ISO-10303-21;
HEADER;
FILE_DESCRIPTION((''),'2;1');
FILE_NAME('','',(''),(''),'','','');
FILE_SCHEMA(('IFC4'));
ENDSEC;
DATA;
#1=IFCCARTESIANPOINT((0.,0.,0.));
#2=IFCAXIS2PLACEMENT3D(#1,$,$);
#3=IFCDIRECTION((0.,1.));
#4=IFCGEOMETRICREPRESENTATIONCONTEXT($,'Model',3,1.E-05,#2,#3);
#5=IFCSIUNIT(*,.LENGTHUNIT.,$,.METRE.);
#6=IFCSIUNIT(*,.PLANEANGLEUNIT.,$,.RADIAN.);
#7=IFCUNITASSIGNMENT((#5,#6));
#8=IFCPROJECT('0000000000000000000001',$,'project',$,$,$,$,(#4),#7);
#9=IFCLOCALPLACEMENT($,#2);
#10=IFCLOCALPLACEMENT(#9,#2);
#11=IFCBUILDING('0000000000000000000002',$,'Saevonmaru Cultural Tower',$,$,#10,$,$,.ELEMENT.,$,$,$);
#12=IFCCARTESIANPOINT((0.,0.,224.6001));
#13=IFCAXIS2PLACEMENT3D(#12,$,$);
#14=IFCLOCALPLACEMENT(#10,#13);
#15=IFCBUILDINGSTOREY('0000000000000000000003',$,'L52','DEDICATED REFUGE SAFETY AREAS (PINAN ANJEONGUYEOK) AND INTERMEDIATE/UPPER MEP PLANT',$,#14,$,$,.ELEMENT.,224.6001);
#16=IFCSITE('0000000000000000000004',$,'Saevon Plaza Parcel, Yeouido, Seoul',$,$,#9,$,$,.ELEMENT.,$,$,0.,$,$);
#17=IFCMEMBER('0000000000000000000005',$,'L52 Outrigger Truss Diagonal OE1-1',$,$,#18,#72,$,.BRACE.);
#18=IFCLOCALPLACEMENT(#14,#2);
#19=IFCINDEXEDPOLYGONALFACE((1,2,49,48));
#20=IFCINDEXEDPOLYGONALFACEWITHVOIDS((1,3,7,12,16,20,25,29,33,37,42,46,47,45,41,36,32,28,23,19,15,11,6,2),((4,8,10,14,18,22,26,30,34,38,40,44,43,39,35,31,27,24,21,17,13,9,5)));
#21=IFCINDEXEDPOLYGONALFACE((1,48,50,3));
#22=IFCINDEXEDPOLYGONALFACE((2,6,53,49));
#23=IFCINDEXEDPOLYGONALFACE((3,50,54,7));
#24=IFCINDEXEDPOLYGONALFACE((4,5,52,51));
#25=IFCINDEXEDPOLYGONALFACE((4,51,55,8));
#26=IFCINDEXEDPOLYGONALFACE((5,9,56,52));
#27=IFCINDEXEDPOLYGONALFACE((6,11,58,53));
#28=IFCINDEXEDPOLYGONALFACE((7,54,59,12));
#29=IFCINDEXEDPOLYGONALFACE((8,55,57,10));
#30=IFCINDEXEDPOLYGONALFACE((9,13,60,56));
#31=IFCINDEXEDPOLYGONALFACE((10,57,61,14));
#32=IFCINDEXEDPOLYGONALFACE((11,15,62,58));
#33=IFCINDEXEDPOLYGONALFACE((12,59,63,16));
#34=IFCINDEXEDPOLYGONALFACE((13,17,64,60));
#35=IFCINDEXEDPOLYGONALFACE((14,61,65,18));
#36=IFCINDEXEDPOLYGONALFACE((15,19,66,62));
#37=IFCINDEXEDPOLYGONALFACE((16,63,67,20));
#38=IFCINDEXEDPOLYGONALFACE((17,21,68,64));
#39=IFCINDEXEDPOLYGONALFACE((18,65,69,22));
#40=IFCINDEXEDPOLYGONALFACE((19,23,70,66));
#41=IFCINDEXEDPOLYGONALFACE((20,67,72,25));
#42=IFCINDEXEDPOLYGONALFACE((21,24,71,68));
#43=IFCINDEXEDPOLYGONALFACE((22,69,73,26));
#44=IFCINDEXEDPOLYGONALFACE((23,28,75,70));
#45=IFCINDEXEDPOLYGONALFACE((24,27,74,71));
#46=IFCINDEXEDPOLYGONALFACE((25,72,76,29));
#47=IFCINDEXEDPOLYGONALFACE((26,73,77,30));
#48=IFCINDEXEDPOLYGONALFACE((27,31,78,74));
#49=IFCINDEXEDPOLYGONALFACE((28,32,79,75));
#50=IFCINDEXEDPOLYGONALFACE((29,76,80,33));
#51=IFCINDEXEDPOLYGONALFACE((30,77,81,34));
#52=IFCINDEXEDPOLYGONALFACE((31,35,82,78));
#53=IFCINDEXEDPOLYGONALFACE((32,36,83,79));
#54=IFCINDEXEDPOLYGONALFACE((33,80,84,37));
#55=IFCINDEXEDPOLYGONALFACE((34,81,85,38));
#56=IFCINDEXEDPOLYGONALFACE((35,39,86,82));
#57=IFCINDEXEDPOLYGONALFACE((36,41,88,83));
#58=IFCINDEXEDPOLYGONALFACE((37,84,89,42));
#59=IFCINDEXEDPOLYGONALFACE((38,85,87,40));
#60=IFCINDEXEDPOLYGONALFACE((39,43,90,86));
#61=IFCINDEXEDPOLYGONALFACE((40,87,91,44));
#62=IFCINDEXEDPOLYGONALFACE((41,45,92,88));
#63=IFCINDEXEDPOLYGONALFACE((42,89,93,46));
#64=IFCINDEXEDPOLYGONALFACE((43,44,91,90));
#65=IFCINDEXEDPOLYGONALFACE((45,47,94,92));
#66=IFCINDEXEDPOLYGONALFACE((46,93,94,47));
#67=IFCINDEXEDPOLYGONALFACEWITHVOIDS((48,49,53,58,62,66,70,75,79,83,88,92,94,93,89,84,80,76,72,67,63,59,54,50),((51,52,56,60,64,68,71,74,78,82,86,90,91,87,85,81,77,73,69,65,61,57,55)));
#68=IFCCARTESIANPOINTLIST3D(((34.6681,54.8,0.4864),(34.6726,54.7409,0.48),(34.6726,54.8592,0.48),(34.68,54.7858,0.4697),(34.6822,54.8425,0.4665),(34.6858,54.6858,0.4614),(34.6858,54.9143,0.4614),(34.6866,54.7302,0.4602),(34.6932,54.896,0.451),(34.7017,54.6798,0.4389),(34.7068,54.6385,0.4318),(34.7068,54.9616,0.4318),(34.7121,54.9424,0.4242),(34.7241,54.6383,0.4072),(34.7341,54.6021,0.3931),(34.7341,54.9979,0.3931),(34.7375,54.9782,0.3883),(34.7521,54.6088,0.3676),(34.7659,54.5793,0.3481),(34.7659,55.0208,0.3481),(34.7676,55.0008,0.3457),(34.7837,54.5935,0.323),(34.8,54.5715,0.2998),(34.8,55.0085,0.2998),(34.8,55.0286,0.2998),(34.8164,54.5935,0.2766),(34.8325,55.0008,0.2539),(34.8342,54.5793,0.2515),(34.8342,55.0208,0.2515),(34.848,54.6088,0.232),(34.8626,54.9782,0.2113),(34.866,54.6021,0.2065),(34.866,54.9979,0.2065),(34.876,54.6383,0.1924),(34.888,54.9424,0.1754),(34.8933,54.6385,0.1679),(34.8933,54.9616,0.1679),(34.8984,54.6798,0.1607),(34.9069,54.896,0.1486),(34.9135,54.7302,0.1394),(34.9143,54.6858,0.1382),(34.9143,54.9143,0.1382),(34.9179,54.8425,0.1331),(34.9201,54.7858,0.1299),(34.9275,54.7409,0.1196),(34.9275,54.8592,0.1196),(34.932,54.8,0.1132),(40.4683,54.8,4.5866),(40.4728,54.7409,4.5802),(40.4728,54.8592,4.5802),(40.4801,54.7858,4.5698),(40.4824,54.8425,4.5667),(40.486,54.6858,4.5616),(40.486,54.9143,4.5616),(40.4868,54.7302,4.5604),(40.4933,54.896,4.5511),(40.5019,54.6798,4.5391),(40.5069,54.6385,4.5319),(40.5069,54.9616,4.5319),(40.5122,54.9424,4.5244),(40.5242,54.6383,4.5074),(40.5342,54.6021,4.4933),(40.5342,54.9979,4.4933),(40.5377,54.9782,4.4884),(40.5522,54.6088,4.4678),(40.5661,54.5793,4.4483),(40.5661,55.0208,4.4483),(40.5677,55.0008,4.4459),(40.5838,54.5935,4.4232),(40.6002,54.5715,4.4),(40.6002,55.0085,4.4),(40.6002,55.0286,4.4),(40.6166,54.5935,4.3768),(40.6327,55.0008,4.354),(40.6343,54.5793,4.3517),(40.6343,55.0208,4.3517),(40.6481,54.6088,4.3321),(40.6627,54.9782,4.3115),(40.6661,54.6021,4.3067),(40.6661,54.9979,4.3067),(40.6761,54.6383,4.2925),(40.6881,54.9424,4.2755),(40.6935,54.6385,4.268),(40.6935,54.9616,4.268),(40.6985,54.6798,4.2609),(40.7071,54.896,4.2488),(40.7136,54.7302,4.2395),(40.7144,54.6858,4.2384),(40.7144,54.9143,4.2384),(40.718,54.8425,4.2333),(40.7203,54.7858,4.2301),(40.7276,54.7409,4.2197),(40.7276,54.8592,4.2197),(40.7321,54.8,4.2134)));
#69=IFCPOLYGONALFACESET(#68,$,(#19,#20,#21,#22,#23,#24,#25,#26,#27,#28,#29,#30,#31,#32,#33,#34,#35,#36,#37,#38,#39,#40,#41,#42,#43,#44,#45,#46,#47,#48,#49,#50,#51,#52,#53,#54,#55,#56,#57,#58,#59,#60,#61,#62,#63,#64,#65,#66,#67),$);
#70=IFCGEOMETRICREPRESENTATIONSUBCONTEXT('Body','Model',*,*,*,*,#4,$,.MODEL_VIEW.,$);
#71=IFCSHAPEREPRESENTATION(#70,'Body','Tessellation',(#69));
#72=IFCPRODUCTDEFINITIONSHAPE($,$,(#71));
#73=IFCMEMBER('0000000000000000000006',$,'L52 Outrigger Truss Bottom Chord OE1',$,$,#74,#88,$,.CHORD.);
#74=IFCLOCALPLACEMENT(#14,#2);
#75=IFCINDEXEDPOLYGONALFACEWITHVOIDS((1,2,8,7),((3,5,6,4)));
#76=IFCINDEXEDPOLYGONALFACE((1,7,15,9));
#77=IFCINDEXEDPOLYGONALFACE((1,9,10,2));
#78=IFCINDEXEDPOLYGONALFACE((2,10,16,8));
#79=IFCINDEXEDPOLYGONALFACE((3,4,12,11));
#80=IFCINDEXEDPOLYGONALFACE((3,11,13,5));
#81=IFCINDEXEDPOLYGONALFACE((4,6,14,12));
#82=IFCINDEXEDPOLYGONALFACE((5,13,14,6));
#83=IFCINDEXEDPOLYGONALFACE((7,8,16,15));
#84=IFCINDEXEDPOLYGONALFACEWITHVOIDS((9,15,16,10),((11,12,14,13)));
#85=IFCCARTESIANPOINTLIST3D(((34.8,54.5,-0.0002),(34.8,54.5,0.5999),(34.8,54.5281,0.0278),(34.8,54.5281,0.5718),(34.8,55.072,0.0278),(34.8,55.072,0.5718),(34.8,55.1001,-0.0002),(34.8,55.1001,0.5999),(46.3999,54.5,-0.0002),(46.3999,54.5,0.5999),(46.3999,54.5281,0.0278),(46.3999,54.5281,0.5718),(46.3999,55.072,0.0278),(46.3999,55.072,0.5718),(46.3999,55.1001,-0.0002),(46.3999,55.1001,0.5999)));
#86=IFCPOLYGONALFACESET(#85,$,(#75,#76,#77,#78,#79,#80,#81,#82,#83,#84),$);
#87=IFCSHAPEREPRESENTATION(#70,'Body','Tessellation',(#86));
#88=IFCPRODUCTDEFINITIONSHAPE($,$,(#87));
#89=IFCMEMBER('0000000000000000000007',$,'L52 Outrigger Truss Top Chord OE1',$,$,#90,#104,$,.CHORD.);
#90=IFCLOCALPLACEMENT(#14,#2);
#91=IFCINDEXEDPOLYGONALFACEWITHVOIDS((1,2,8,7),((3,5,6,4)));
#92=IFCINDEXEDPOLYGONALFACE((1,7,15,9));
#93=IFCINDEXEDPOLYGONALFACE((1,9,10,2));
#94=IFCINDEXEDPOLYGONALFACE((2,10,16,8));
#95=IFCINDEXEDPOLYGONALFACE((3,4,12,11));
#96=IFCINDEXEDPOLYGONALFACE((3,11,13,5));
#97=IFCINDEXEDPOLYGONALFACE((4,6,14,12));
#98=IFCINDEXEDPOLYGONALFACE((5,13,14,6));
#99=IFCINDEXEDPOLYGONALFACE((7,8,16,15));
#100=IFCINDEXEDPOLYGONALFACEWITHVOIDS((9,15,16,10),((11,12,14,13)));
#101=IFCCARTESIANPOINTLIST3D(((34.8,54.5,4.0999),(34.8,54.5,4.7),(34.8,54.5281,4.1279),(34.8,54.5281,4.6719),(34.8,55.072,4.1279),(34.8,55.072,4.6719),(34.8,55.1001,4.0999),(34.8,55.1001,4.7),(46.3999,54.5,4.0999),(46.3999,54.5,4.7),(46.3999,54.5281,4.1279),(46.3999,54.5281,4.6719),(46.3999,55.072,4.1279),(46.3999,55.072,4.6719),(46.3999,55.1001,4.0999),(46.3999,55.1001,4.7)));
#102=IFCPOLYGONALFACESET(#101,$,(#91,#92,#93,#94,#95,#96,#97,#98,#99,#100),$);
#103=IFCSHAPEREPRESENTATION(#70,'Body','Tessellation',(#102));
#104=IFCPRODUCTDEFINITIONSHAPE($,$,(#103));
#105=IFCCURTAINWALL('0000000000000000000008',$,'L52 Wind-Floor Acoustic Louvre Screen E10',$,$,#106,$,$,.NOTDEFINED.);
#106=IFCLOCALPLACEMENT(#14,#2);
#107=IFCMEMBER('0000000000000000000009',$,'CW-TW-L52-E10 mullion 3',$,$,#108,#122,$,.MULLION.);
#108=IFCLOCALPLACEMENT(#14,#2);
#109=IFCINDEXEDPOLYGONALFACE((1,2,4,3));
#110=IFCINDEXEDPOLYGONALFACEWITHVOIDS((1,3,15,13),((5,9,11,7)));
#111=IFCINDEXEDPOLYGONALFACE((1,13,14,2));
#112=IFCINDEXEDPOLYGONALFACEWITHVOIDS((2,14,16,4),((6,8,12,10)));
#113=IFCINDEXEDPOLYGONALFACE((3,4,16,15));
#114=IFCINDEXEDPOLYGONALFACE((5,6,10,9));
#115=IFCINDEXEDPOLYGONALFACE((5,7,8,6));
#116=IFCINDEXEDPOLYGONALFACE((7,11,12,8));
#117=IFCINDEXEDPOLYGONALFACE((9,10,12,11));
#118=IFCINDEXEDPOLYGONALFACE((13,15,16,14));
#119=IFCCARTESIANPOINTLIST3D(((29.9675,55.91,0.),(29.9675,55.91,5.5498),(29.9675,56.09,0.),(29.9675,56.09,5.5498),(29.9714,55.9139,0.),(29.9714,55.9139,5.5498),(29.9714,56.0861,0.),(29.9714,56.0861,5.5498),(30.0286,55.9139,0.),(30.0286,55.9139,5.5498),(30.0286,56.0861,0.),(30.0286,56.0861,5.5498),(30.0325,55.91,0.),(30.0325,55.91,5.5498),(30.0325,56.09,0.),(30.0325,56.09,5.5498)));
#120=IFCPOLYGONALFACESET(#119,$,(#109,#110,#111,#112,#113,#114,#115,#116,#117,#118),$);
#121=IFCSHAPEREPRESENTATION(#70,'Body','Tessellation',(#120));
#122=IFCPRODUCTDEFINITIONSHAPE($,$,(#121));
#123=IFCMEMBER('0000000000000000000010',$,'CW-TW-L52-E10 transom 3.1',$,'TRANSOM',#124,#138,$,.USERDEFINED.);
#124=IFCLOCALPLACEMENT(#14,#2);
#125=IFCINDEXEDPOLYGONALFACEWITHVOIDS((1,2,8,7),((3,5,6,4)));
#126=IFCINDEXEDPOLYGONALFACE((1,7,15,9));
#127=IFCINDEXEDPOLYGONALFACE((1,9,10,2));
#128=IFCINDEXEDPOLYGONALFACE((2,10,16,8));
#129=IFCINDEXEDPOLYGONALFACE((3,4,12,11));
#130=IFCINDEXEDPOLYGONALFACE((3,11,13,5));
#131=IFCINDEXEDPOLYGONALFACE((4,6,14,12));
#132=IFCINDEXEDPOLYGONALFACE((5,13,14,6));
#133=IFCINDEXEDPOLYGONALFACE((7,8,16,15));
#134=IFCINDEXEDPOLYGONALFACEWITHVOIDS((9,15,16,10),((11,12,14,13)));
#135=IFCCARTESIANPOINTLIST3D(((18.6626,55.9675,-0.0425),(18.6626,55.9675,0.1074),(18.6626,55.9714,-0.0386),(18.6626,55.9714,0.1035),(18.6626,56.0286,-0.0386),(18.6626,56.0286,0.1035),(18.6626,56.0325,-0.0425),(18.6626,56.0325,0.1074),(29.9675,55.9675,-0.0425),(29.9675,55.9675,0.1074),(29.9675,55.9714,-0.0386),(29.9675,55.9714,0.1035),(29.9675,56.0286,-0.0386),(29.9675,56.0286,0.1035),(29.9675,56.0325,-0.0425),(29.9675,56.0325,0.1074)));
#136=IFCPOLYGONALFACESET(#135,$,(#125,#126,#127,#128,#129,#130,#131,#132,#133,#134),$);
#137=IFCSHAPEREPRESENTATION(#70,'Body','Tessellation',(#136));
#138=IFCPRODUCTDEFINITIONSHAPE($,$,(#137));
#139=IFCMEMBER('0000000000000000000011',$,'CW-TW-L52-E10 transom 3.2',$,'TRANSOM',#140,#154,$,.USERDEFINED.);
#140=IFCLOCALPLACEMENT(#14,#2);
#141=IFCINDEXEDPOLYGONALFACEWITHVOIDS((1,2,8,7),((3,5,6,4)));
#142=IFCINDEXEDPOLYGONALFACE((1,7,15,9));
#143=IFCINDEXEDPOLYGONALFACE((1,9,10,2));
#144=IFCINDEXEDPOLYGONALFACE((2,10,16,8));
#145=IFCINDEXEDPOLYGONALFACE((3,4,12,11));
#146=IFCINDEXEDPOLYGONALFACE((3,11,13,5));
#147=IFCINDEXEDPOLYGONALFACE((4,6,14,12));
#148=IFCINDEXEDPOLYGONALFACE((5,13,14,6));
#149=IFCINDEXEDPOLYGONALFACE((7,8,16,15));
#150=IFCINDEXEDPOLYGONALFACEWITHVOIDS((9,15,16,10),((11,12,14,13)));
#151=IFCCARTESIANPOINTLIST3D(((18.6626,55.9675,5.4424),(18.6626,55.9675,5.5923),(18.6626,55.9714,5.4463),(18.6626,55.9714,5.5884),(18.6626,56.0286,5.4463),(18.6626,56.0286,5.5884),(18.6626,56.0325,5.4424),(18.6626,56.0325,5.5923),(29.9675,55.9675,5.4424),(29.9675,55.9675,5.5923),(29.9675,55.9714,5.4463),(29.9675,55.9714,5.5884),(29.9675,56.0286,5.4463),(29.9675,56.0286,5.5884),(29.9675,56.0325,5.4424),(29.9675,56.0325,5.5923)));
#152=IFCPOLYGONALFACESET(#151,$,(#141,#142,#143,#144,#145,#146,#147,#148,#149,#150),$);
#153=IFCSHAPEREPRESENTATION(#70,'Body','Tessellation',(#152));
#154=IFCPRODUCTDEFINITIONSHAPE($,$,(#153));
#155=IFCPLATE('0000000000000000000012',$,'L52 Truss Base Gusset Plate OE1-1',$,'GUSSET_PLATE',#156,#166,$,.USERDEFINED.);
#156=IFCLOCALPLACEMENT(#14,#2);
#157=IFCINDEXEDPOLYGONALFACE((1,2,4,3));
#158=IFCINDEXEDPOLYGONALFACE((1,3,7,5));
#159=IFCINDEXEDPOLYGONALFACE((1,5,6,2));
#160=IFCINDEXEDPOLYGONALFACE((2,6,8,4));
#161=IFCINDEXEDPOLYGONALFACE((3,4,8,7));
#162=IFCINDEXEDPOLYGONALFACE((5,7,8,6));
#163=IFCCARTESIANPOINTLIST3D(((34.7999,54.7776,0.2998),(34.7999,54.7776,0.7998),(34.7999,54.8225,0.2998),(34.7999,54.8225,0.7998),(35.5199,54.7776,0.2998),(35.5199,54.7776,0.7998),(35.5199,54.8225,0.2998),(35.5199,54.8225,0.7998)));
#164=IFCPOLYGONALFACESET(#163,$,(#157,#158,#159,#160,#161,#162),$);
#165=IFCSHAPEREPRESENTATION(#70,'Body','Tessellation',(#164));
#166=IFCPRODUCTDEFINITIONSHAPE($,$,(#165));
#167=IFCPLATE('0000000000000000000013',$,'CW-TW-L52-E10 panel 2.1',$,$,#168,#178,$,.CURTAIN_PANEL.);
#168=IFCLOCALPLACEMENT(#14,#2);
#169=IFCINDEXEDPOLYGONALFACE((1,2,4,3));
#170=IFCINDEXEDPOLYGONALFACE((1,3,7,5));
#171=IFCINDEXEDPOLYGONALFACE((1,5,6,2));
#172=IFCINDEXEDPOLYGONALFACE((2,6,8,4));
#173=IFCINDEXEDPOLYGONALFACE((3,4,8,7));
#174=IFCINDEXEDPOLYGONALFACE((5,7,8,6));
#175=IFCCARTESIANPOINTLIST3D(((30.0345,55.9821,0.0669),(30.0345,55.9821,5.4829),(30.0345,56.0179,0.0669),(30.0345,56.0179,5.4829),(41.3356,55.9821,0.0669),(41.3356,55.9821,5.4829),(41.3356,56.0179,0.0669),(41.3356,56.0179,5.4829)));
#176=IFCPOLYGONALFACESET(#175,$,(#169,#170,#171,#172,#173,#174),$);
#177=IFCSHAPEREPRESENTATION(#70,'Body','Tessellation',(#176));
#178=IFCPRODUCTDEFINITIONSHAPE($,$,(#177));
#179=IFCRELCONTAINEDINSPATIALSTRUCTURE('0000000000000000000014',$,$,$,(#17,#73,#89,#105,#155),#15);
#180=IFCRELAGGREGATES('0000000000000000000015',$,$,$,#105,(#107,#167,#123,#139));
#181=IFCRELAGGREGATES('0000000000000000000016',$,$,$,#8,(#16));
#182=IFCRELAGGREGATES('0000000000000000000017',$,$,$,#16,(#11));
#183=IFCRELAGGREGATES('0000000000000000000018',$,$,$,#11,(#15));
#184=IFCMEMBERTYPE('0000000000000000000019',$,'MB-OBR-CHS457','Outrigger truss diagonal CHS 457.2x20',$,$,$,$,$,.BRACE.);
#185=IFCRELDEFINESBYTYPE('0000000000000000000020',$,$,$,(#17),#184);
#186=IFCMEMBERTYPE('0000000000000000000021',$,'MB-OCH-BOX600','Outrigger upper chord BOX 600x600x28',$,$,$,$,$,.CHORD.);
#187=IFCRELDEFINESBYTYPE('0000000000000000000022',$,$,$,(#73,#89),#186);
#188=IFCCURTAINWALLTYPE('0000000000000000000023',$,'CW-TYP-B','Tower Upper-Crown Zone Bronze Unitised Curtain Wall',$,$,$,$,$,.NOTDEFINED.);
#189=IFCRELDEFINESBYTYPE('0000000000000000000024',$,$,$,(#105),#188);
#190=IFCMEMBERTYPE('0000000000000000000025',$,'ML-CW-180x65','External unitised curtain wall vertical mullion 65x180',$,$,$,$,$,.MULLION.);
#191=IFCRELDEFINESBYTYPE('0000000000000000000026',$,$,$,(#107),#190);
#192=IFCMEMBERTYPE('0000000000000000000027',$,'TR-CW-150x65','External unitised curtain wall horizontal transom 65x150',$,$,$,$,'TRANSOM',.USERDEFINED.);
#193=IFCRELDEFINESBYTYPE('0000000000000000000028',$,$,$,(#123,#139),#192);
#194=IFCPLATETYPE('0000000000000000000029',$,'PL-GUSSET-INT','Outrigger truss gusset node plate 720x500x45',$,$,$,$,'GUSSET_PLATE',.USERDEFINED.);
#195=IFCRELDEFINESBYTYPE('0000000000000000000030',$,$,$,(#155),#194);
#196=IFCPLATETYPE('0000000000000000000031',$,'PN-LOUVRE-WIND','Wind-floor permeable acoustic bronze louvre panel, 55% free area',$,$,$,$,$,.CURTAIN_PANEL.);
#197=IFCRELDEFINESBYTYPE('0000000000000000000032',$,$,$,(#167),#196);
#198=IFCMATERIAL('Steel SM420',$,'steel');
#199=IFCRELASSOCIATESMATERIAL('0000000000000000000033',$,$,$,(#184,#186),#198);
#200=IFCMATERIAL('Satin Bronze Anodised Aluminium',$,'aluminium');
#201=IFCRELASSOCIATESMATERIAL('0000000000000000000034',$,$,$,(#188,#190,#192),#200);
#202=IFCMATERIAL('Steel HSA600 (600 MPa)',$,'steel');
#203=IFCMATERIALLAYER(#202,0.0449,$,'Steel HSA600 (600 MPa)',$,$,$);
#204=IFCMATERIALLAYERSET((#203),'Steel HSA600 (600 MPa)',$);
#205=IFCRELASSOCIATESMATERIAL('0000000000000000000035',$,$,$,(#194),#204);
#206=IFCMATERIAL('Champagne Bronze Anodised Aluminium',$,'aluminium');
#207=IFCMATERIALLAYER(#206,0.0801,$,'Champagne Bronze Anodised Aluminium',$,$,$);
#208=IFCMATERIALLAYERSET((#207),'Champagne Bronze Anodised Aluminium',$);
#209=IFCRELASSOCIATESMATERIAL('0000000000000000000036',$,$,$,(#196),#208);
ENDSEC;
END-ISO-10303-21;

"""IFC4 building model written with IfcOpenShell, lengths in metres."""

from ifc_helpers import new_model, si_unit, direction, frame, origin, origin_2d, place, context, subcontext, project, spatial, rectangle, hollow_rectangle, hollow_circle, extrude, material, layer, layer_set, material_profile, profile_set, type_object, element, aggregate, save


model = new_model("IFC4")

# Units and contexts
model_context = context("Model", 3, precision=1e-05, world=origin(), true_north=direction((0.0, 1.0)))
body_context = subcontext(model_context, "Body", "Model", "MODEL_VIEW")
ifc_project = project(units=[si_unit("LENGTHUNIT", "METRE"), si_unit("PLANEANGLEUNIT", "RADIAN")], contexts=[model_context])

# Site, building, storey
site_placement = place(None, origin())
site = spatial("IfcSite", under=ifc_project, at=site_placement, Name="Saevon Plaza Parcel, Yeouido, Seoul", CompositionType="ELEMENT", RefElevation=0.0)
building_placement = place(site_placement, origin())
building = spatial("IfcBuilding", under=site, at=building_placement, Name="Saevonmaru Cultural Tower", CompositionType="ELEMENT")
storey_placement = place(building_placement, frame((0.0, 0.0, 224.6001)))
storey = spatial("IfcBuildingStorey", under=building, at=storey_placement, Name="L52", Description="DEDICATED REFUGE SAFETY AREAS (PINAN ANJEONGUYEOK) AND INTERMEDIATE/UPPER MEP PLANT", CompositionType="ELEMENT", Elevation=224.6001)

# Shared definitions
ifc_material_1 = material(Name="Steel SM420", Category="steel")

# Members
ifc_material_profile_1 = material_profile(ifc_material_1, hollow_circle(Radius=0.2285, WallThickness=0.02, at=origin_2d()), Name="CHS-457.2x20")
ifc_profile_set_1 = profile_set([ifc_material_profile_1], Name="Steel SM420")
member_type_1 = type_object("IfcMemberType", Name="MB-OBR-CHS457", Description="Outrigger truss diagonal CHS 457.2x20", PredefinedType="BRACE", material=ifc_profile_set_1)
for number, where, z_axis, x_axis, name in (
    (1, (34.8, 54.8, 0.2998), (0.816573, 0.0, 0.577242), (0.0, 1.0, 0.0), "L52 Outrigger Truss Diagonal OE1-1"),
):
    element("IfcMember", number, at=place(storey_placement, frame(where, z_axis=z_axis, x_axis=x_axis)), inside=storey, type_object=member_type_1, Name=name, PredefinedType="BRACE", context=body_context, shape_type="SweptSolid", body=[
        extrude(hollow_circle(Radius=0.2285, WallThickness=0.02, at=origin_2d()), origin(), (0.0, 0.0, 1.0), 7.103),
    ])
ifc_material_profile_2 = material_profile(ifc_material_1, hollow_rectangle(XDim=0.6001, YDim=0.6001, WallThickness=0.0281, at=origin_2d()), Name="BOX-600x600x28")
ifc_profile_set_2 = profile_set([ifc_material_profile_2], Name="Steel SM420")
member_type_2 = type_object("IfcMemberType", Name="MB-OCH-BOX600", Description="Outrigger upper chord BOX 600x600x28", PredefinedType="CHORD", material=ifc_profile_set_2)
for number, where, z_axis, x_axis, name in (
    (2, (34.8, 54.8, 0.2998), (1.0, 0.0, 0.0), (0.0, 1.0, 0.0), "L52 Outrigger Truss Bottom Chord OE1"),
    (3, (34.8, 54.8, 4.3999), (1.0, 0.0, 0.0), (0.0, 1.0, 0.0), "L52 Outrigger Truss Top Chord OE1"),
):
    element("IfcMember", number, at=place(storey_placement, frame(where, z_axis=z_axis, x_axis=x_axis)), inside=storey, type_object=member_type_2, Name=name, PredefinedType="CHORD", context=body_context, shape_type="SweptSolid", body=[
        extrude(hollow_rectangle(XDim=0.6001, YDim=0.6001, WallThickness=0.0281, at=origin_2d()), origin(), (0.0, 0.0, 1.0), 11.5999),
    ])

# Curtain wall, members
ifc_material_2 = material(Name="Satin Bronze Anodised Aluminium", Category="aluminium")
curtain_wall_type = type_object("IfcCurtainWallType", Name="CW-TYP-B", Description="Tower Upper-Crown Zone Bronze Unitised Curtain Wall", PredefinedType="NOTDEFINED", material=ifc_material_2)
curtain_wall_placement = place(storey_placement, origin())
curtain_wall = element("IfcCurtainWall", 4, at=curtain_wall_placement, inside=storey, type_object=curtain_wall_type, Name="L52 Wind-Floor Acoustic Louvre Screen E10", PredefinedType="NOTDEFINED")
ifc_material_profile_3 = material_profile(ifc_material_2, hollow_rectangle(XDim=0.0649, YDim=0.1799, WallThickness=0.0039, at=origin_2d()), Name="ALU-MULL-180x65x4")
ifc_profile_set_3 = profile_set([ifc_material_profile_3], Name="Satin Bronze Anodised Aluminium")
member_type_3 = type_object("IfcMemberType", Name="ML-CW-180x65", Description="External unitised curtain wall vertical mullion 65x180", PredefinedType="MULLION", material=ifc_profile_set_3)
member_1_placement = place(storey_placement, frame((30.0, 56.0, 0.0), z_axis=(0.0, 0.0, 1.0), x_axis=(-1.0, 0.0, 0.0)))
member_1 = element("IfcMember", 5, at=member_1_placement, type_object=member_type_3, Name="CW-TW-L52-E10 mullion 3", PredefinedType="MULLION", context=body_context, shape_type="SweptSolid", body=[
    extrude(hollow_rectangle(XDim=0.0649, YDim=0.1799, WallThickness=0.0039, at=origin_2d()), origin(), (0.0, 0.0, 1.0), 5.5498),
])
ifc_material_profile_4 = material_profile(ifc_material_2, hollow_rectangle(XDim=0.0649, YDim=0.1499, WallThickness=0.0039, at=origin_2d()), Name="ALU-TRAN-150x65x4")
ifc_profile_set_4 = profile_set([ifc_material_profile_4], Name="Satin Bronze Anodised Aluminium")
member_type_4 = type_object("IfcMemberType", Name="TR-CW-150x65", Description="External unitised curtain wall horizontal transom 65x150", ElementType="TRANSOM", PredefinedType="USERDEFINED", material=ifc_profile_set_4)
member_2_placement = place(storey_placement, frame((29.9675, 56.0, 0.0325), z_axis=(-1.0, 0.0, 0.0), x_axis=(0.0, -1.0, 0.0)))
member_2 = element("IfcMember", 6, at=member_2_placement, type_object=member_type_4, Name="CW-TW-L52-E10 transom 3.1", ObjectType="TRANSOM", PredefinedType="USERDEFINED", context=body_context, shape_type="SweptSolid", body=[
    extrude(hollow_rectangle(XDim=0.0649, YDim=0.1499, WallThickness=0.0039, at=origin_2d()), origin(), (0.0, 0.0, 1.0), 11.3049),
])
member_3_placement = place(storey_placement, frame((29.9675, 56.0, 5.5173), z_axis=(-1.0, 0.0, 0.0), x_axis=(0.0, -1.0, 0.0)))
member_3 = element("IfcMember", 7, at=member_3_placement, type_object=member_type_4, Name="CW-TW-L52-E10 transom 3.2", ObjectType="TRANSOM", PredefinedType="USERDEFINED", context=body_context, shape_type="SweptSolid", body=[
    extrude(hollow_rectangle(XDim=0.0649, YDim=0.1499, WallThickness=0.0039, at=origin_2d()), origin(), (0.0, 0.0, 1.0), 11.3049),
])

# Plates
ifc_material_3 = material(Name="Steel HSA600 (600 MPa)", Category="steel")
ifc_layer_1 = layer(ifc_material_3, 0.0449, Name="Steel HSA600 (600 MPa)")
ifc_layer_set_1 = layer_set([ifc_layer_1], Name="Steel HSA600 (600 MPa)")
plate_type_1 = type_object("IfcPlateType", Name="PL-GUSSET-INT", Description="Outrigger truss gusset node plate 720x500x45", ElementType="GUSSET_PLATE", PredefinedType="USERDEFINED", material=ifc_layer_set_1)
plate_1_placement = place(storey_placement, frame((35.1599, 54.8, 0.2998), z_axis=(0.0, 0.0, 1.0), x_axis=(1.0, 0.0, 0.0)))
element("IfcPlate", 8, at=plate_1_placement, inside=storey, type_object=plate_type_1, Name="L52 Truss Base Gusset Plate OE1-1", ObjectType="GUSSET_PLATE", PredefinedType="USERDEFINED", context=body_context, shape_type="SweptSolid", body=[
    extrude(rectangle(XDim=0.72, YDim=0.0449, at=origin_2d()), origin(), (0.0, 0.0, 1.0), 0.5),
])
ifc_material_4 = material(Name="Champagne Bronze Anodised Aluminium", Category="aluminium")
ifc_layer_2 = layer(ifc_material_4, 0.0801, Name="Champagne Bronze Anodised Aluminium")
ifc_layer_set_2 = layer_set([ifc_layer_2], Name="Champagne Bronze Anodised Aluminium")
plate_type_2 = type_object("IfcPlateType", Name="PN-LOUVRE-WIND", Description="Wind-floor permeable acoustic bronze louvre panel, 55% free area", PredefinedType="CURTAIN_PANEL", material=ifc_layer_set_2)
plate_2_placement = place(storey_placement, frame((35.6851, 56.0, 0.0669), z_axis=(0.0, 0.0, 1.0), x_axis=(-1.0, 0.0, 0.0)))
plate_2 = element("IfcPlate", 9, at=plate_2_placement, type_object=plate_type_2, Name="CW-TW-L52-E10 panel 2.1", PredefinedType="CURTAIN_PANEL", context=body_context, shape_type="SweptSolid", body=[
    extrude(rectangle(XDim=11.301, YDim=0.0359, at=origin_2d()), origin(), (0.0, 0.0, 1.0), 5.416),
])
aggregate(curtain_wall, [member_1, plate_2, member_2, member_3])

save(model, "model.ifc")
